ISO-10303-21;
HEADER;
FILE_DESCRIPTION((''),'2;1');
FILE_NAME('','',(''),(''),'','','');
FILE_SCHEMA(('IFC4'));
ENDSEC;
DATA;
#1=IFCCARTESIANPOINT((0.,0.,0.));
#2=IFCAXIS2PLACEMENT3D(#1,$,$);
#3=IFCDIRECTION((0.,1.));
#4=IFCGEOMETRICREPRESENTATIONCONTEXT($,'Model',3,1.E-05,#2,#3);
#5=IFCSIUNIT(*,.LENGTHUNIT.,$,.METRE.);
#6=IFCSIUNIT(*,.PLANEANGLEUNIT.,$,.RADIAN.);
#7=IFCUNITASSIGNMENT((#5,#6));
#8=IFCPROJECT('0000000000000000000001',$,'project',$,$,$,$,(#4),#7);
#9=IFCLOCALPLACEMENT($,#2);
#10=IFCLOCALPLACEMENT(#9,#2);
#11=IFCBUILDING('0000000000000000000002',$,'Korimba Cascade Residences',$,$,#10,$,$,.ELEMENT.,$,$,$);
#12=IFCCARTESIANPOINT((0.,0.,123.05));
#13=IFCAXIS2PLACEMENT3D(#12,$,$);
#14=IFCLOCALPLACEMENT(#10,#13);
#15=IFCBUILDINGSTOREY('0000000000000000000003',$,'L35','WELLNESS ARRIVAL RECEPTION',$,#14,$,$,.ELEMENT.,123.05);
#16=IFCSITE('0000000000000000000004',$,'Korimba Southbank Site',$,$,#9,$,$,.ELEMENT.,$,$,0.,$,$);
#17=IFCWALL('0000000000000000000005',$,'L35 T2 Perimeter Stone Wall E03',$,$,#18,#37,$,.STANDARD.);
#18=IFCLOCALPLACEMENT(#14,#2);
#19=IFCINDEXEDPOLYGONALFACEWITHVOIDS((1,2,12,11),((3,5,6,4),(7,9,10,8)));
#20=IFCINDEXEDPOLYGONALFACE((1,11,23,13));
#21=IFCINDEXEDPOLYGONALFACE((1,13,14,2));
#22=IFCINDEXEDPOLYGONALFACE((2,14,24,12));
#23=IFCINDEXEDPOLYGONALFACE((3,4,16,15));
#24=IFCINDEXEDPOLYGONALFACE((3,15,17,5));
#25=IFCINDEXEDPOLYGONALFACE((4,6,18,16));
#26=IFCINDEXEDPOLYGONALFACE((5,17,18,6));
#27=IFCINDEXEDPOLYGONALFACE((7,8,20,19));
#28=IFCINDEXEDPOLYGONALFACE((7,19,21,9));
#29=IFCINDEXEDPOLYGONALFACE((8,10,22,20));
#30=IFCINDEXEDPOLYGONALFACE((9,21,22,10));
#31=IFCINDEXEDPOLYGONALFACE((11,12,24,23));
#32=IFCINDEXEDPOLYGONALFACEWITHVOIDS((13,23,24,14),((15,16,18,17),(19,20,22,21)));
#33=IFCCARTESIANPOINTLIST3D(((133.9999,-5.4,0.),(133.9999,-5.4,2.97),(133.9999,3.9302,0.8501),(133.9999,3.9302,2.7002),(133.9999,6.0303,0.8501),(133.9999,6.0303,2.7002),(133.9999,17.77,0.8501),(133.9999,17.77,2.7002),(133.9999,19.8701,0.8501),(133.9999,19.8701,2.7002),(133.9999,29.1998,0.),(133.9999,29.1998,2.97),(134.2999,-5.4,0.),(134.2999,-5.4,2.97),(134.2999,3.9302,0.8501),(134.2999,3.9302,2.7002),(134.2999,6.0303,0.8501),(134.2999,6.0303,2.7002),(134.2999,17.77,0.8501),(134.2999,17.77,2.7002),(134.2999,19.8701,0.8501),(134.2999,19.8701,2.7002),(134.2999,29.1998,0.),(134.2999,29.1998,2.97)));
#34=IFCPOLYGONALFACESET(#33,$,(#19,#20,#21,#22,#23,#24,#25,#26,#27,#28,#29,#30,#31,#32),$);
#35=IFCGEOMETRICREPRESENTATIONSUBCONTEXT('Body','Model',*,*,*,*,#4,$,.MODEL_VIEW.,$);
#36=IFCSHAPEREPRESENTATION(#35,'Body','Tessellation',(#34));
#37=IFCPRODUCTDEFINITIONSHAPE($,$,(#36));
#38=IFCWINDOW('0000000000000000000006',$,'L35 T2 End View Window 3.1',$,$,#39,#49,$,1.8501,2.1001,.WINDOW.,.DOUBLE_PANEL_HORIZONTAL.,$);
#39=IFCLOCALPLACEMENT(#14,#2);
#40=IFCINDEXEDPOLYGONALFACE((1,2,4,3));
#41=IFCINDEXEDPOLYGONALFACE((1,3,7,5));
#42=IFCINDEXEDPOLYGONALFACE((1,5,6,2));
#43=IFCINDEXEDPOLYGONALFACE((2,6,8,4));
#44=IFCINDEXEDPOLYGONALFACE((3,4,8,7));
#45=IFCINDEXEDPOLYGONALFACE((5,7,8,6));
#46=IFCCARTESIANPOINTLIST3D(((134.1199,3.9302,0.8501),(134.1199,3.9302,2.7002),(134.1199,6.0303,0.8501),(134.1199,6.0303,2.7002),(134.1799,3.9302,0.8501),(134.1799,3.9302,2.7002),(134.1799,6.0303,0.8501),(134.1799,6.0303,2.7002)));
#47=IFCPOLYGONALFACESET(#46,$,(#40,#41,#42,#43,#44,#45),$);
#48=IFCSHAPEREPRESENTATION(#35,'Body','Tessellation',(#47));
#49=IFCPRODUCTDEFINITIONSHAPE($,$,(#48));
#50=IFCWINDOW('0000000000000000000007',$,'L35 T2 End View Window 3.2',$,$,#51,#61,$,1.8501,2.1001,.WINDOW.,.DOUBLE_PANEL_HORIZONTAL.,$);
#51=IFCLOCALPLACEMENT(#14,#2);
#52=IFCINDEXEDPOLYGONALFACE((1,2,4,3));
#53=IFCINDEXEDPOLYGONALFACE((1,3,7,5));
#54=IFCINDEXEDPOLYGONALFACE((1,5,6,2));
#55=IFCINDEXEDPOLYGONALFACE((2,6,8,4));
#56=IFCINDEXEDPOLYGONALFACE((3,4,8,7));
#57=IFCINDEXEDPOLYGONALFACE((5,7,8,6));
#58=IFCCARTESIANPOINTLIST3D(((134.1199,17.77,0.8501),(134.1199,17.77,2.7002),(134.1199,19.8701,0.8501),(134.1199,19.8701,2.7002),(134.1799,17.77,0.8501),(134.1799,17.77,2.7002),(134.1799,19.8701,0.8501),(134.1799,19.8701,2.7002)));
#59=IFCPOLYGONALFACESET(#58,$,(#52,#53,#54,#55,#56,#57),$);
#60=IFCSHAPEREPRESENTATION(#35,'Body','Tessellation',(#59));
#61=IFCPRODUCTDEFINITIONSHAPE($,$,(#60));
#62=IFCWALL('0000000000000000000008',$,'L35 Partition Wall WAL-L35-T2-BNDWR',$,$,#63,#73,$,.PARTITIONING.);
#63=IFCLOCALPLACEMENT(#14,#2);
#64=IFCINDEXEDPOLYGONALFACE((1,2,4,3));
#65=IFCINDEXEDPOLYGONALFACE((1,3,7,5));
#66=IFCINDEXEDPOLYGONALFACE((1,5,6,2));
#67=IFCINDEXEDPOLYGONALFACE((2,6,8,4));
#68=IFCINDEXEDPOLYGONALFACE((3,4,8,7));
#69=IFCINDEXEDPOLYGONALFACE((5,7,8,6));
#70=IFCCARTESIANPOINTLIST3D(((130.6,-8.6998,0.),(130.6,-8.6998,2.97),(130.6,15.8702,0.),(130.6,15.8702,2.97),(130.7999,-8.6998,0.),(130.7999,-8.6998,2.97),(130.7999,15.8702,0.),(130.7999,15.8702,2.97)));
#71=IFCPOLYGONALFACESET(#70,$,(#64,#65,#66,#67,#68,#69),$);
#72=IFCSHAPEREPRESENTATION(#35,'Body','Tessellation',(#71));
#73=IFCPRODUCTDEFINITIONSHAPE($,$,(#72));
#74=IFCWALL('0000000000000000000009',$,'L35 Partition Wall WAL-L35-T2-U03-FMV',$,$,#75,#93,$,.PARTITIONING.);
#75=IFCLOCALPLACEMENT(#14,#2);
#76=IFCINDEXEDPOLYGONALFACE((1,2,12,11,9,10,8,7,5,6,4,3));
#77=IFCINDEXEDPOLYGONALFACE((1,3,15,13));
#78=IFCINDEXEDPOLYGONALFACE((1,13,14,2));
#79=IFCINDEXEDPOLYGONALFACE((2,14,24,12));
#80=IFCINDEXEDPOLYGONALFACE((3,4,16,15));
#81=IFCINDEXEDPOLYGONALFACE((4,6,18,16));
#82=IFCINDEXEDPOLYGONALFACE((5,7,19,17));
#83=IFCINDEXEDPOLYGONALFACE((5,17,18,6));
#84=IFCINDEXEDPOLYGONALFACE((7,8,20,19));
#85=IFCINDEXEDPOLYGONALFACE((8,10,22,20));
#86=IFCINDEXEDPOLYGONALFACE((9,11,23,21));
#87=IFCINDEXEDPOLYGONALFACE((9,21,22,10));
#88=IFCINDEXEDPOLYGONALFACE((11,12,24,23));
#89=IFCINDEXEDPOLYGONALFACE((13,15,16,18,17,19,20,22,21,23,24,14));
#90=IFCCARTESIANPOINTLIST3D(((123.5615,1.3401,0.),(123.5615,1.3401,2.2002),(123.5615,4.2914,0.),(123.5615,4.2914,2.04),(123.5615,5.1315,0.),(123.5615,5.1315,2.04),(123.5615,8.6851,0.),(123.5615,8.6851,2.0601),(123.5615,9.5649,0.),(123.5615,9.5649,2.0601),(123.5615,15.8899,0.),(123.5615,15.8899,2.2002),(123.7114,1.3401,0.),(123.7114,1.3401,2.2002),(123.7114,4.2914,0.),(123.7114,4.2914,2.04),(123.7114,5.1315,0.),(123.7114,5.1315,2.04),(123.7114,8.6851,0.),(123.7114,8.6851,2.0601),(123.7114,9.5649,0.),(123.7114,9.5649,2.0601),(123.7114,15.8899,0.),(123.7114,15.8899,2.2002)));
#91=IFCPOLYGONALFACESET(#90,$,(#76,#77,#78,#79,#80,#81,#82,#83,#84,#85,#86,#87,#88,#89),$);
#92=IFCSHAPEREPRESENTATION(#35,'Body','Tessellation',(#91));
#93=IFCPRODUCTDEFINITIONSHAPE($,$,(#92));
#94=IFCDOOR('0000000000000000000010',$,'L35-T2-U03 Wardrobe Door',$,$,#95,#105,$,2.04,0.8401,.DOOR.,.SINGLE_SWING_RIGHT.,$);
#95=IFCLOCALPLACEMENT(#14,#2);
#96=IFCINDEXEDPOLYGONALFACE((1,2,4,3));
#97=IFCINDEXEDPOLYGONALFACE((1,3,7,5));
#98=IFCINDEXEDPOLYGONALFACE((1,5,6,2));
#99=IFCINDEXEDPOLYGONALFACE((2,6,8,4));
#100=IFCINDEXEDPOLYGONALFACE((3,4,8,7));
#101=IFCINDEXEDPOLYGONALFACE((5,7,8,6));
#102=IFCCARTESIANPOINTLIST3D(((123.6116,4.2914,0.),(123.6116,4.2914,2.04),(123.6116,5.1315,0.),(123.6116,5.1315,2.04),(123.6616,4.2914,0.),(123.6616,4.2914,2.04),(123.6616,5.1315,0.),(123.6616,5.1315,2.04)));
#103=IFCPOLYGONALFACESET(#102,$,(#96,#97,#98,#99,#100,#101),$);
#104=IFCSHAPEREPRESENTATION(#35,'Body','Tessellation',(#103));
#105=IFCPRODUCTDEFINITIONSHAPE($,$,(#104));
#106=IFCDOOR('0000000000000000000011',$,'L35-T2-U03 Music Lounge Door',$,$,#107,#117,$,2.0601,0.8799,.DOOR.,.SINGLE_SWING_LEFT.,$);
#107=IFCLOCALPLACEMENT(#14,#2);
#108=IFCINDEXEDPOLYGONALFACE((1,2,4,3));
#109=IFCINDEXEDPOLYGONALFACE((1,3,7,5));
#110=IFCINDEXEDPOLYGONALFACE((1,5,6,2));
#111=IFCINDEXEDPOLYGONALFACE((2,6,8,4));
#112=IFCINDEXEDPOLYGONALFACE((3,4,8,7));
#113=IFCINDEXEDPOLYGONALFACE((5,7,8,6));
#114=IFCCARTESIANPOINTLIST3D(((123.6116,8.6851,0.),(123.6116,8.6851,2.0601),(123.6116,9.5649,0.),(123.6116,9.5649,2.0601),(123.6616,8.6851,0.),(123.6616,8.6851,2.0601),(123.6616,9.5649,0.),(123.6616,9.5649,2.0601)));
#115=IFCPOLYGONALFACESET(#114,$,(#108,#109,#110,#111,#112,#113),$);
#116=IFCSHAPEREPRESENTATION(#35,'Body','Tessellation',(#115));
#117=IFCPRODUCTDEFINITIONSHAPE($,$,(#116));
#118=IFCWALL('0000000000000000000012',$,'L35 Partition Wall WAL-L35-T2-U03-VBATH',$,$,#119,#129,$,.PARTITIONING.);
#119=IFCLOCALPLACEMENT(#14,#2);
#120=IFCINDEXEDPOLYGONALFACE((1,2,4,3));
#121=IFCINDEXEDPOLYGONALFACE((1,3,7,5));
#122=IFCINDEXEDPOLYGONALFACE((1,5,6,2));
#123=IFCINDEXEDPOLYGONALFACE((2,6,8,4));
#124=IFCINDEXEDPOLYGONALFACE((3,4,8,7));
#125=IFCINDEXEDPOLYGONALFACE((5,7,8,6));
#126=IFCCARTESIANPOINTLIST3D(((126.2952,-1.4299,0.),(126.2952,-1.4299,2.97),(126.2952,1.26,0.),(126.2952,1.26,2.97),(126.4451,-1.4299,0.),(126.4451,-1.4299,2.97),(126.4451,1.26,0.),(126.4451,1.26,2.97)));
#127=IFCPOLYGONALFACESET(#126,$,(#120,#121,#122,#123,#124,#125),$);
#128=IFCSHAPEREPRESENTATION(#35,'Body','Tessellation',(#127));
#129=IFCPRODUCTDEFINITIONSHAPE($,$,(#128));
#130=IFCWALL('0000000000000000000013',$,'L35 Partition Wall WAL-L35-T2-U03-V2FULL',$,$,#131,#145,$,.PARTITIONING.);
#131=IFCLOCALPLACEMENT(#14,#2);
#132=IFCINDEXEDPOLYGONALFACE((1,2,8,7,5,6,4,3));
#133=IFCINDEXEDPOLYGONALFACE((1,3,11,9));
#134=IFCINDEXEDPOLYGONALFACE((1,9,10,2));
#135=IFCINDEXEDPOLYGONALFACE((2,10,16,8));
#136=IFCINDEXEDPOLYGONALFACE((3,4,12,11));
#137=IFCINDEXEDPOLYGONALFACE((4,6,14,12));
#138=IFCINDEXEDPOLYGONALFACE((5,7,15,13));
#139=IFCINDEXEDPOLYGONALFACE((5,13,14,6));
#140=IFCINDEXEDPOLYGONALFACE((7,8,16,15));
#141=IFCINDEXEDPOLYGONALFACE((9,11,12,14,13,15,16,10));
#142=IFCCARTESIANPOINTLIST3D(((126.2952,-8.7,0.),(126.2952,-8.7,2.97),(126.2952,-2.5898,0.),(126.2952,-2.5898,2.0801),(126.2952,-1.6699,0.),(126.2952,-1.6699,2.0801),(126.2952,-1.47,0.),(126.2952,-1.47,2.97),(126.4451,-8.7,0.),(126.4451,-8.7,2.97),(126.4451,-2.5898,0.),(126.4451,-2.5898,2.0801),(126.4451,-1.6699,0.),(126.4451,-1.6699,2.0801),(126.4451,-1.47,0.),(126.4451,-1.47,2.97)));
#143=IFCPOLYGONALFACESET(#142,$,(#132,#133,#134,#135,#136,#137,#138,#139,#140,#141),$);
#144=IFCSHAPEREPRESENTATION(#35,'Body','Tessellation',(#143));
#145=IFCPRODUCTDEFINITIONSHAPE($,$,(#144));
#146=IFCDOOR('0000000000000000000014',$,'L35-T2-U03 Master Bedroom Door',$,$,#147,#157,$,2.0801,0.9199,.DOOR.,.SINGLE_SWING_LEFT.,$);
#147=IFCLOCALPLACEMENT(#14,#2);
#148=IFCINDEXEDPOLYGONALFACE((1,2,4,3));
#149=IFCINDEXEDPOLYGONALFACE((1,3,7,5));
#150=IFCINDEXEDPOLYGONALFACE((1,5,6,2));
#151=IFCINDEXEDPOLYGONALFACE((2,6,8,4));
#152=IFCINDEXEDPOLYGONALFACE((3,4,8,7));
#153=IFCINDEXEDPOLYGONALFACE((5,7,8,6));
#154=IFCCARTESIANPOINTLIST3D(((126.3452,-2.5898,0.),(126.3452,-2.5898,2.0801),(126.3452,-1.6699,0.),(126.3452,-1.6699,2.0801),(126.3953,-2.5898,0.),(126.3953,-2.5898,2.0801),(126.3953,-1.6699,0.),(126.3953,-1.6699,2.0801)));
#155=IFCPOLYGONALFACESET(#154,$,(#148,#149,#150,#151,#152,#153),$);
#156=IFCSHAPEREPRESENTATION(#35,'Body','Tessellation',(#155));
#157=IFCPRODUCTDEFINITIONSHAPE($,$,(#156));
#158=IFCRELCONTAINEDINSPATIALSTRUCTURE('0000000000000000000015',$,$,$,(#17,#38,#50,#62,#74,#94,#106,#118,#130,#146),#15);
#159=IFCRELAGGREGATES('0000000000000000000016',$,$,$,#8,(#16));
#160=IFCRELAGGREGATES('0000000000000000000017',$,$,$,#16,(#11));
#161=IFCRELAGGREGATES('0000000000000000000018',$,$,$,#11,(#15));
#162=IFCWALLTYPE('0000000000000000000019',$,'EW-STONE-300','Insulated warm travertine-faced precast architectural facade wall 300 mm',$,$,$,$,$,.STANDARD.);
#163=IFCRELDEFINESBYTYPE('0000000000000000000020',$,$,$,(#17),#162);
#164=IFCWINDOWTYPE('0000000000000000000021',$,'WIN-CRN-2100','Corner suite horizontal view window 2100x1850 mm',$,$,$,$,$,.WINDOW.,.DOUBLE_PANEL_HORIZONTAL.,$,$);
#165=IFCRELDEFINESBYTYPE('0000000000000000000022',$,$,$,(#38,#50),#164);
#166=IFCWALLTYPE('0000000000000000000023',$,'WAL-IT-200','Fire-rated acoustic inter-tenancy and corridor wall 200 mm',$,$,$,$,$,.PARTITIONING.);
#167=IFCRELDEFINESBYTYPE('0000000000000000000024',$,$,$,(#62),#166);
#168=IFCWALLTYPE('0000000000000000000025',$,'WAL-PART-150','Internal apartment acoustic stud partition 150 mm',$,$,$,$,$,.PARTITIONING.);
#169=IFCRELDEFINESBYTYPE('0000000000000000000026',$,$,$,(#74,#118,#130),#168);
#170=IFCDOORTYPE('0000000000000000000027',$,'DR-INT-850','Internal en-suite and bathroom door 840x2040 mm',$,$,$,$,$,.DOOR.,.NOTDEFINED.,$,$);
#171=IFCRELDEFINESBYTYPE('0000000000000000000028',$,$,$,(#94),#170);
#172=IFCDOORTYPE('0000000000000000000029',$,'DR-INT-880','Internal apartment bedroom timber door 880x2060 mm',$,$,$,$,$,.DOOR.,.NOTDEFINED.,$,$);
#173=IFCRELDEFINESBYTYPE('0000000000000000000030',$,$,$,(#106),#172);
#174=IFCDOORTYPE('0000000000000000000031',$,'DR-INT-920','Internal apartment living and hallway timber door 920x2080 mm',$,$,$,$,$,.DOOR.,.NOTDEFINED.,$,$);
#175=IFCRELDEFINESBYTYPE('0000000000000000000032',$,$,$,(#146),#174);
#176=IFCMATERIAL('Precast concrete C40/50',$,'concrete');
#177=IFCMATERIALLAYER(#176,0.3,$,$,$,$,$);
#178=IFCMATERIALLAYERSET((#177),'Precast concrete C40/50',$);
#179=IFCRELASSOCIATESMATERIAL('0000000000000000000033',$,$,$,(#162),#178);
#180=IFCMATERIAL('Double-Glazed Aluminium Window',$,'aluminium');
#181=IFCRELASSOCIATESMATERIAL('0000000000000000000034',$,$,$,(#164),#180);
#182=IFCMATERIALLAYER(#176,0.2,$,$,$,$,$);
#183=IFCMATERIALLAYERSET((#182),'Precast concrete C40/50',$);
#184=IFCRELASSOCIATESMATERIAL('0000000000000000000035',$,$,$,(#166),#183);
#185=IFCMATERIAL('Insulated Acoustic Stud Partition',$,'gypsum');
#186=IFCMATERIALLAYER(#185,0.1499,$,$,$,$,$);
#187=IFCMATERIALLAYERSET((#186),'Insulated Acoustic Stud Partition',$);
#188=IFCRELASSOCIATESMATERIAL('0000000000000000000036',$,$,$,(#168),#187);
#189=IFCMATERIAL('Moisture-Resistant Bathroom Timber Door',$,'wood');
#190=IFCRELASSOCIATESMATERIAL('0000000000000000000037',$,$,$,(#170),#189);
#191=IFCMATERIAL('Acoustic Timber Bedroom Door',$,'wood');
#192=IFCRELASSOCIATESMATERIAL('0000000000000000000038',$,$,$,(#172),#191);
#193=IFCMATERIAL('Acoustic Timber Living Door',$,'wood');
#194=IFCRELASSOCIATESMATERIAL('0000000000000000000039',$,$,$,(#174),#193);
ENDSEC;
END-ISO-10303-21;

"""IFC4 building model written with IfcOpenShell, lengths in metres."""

from ifc_helpers import new_model, si_unit, direction, frame, frame_2d, origin, place, context, subcontext, project, spatial, rectangle, extrude, material, layer, layer_set, type_object, element, fill, save


model = new_model("IFC4")

# Units and contexts
model_context = context("Model", 3, precision=1e-05, world=origin(), true_north=direction((0.0, 1.0)))
body_context = subcontext(model_context, "Body", "Model", "MODEL_VIEW")
ifc_project = project(units=[si_unit("LENGTHUNIT", "METRE"), si_unit("PLANEANGLEUNIT", "RADIAN")], contexts=[model_context])

# Site, building, storey
site_placement = place(None, origin())
site = spatial("IfcSite", under=ifc_project, at=site_placement, Name="Korimba Southbank Site", CompositionType="ELEMENT", RefElevation=0.0)
building_placement = place(site_placement, origin())
building = spatial("IfcBuilding", under=site, at=building_placement, Name="Korimba Cascade Residences", CompositionType="ELEMENT")
storey_placement = place(building_placement, frame((0.0, 0.0, 123.05)))
storey = spatial("IfcBuildingStorey", under=building, at=storey_placement, Name="L35", Description="WELLNESS ARRIVAL RECEPTION", CompositionType="ELEMENT", Elevation=123.05)

# Shared definitions
ifc_material_1 = material(Name="Precast concrete C40/50", Category="concrete")
ifc_layer_1 = layer(ifc_material_1, 0.3)
ifc_layer_set_1 = layer_set([ifc_layer_1], Name="Precast concrete C40/50")
wall_type_1 = type_object("IfcWallType", Name="EW-STONE-300", Description="Insulated warm travertine-faced precast architectural facade wall 300 mm", PredefinedType="STANDARD", material=ifc_layer_set_1)

# Wall, openings, windows
wall_1_placement = place(storey_placement, frame((134.1499, -5.3999, 0.0), z_axis=(0.0, 0.0, 1.0), x_axis=(0.0, 1.0, 0.0)))
wall_1 = element("IfcWall", 1, at=wall_1_placement, inside=storey, type_object=wall_type_1, Name="L35 T2 Perimeter Stone Wall E03", PredefinedType="STANDARD", context=body_context, shape_type="SweptSolid", body=[
    extrude(rectangle(XDim=34.5999, YDim=0.3, at=frame_2d((17.2998, 0.0))), origin(), (0.0, 0.0, 1.0), 2.97),
])
opening_1_placement = place(wall_1_placement, frame((9.3301, 0.0, 0.8501)))
opening_1 = element("IfcOpeningElement", 2, at=opening_1_placement, cuts=wall_1, PredefinedType="OPENING", context=body_context, shape_type="SweptSolid", body=[
    extrude(rectangle(XDim=2.1001, YDim=1.8501, at=frame_2d((1.05, 0.925))), frame((0.0, 0.1602, 0.0), z_axis=(0.0, -1.0, 0.0), x_axis=(1.0, 0.0, 0.0)), (0.0, 0.0, 1.0), 0.3201),
])
opening_2_placement = place(wall_1_placement, frame((23.1699, 0.0, 0.8501)))
opening_2 = element("IfcOpeningElement", 3, at=opening_2_placement, cuts=wall_1, PredefinedType="OPENING", context=body_context, shape_type="SweptSolid", body=[
    extrude(rectangle(XDim=2.1001, YDim=1.8501, at=frame_2d((1.05, 0.925))), frame((0.0, 0.1602, 0.0), z_axis=(0.0, -1.0, 0.0), x_axis=(1.0, 0.0, 0.0)), (0.0, 0.0, 1.0), 0.3201),
])
ifc_material_2 = material(Name="Double-Glazed Aluminium Window", Category="aluminium")
window_type = type_object("IfcWindowType", Name="WIN-CRN-2100", Description="Corner suite horizontal view window 2100x1850 mm", PartitioningType="DOUBLE_PANEL_HORIZONTAL", PredefinedType="WINDOW", material=ifc_material_2)
window_1_placement = place(opening_1_placement, origin())
window_1 = element("IfcWindow", 4, at=window_1_placement, inside=storey, type_object=window_type, Name="L35 T2 End View Window 3.1", OverallHeight=1.8501, OverallWidth=2.1001, PartitioningType="DOUBLE_PANEL_HORIZONTAL", PredefinedType="WINDOW", context=body_context, shape_type="SweptSolid", body=[
    extrude(rectangle(XDim=2.1001, YDim=1.8501, at=frame_2d((1.05, 0.925))), frame((0.0, 0.03, 0.0), z_axis=(0.0, -1.0, 0.0), x_axis=(1.0, 0.0, 0.0)), (0.0, 0.0, 1.0), 0.0601),
])
fill(opening_1, window_1)
window_2_placement = place(opening_2_placement, origin())
window_2 = element("IfcWindow", 5, at=window_2_placement, inside=storey, type_object=window_type, Name="L35 T2 End View Window 3.2", OverallHeight=1.8501, OverallWidth=2.1001, PartitioningType="DOUBLE_PANEL_HORIZONTAL", PredefinedType="WINDOW", context=body_context, shape_type="SweptSolid", body=[
    extrude(rectangle(XDim=2.1001, YDim=1.8501, at=frame_2d((1.05, 0.925))), frame((0.0, 0.03, 0.0), z_axis=(0.0, -1.0, 0.0), x_axis=(1.0, 0.0, 0.0)), (0.0, 0.0, 1.0), 0.0601),
])
fill(opening_2, window_2)

# Wall
ifc_layer_2 = layer(ifc_material_1, 0.2)
ifc_layer_set_2 = layer_set([ifc_layer_2], Name="Precast concrete C40/50")
wall_type_2 = type_object("IfcWallType", Name="WAL-IT-200", Description="Fire-rated acoustic inter-tenancy and corridor wall 200 mm", PredefinedType="PARTITIONING", material=ifc_layer_set_2)
wall_2_placement = place(storey_placement, frame((130.7, -8.7, 0.0), z_axis=(0.0, 0.0, 1.0), x_axis=(0.0, 1.0, 0.0)))
element("IfcWall", 6, at=wall_2_placement, inside=storey, type_object=wall_type_2, Name="L35 Partition Wall WAL-L35-T2-BNDWR", PredefinedType="PARTITIONING", context=body_context, shape_type="SweptSolid", body=[
    extrude(rectangle(XDim=24.5701, YDim=0.2, at=frame_2d((12.2852, 0.0))), origin(), (0.0, 0.0, 1.0), 2.97),
])

# Wall, openings, doors
ifc_material_3 = material(Name="Insulated Acoustic Stud Partition", Category="gypsum")
ifc_layer_3 = layer(ifc_material_3, 0.1499)
ifc_layer_set_3 = layer_set([ifc_layer_3], Name="Insulated Acoustic Stud Partition")
wall_type_3 = type_object("IfcWallType", Name="WAL-PART-150", Description="Internal apartment acoustic stud partition 150 mm", PredefinedType="PARTITIONING", material=ifc_layer_set_3)
wall_3_placement = place(storey_placement, frame((123.6365, 1.3401, 0.0), z_axis=(0.0, 0.0, 1.0), x_axis=(0.0, 1.0, 0.0)))
wall_3 = element("IfcWall", 7, at=wall_3_placement, inside=storey, type_object=wall_type_3, Name="L35 Partition Wall WAL-L35-T2-U03-FMV", PredefinedType="PARTITIONING", context=body_context, shape_type="SweptSolid", body=[
    extrude(rectangle(XDim=14.5498, YDim=0.1499, at=frame_2d((7.2749, 0.0))), origin(), (0.0, 0.0, 1.0), 2.2002),
])
opening_3_placement = place(wall_3_placement, frame((2.9514, 0.0, 0.0)))
opening_3 = element("IfcOpeningElement", 8, at=opening_3_placement, cuts=wall_3, PredefinedType="OPENING", context=body_context, shape_type="SweptSolid", body=[
    extrude(rectangle(XDim=0.8401, YDim=2.04, at=frame_2d((0.4199, 1.02))), frame((0.0, 0.085, 0.0), z_axis=(0.0, -1.0, 0.0), x_axis=(1.0, 0.0, 0.0)), (0.0, 0.0, 1.0), 0.1699),
])
opening_4_placement = place(wall_3_placement, frame((7.345, 0.0, 0.0)))
opening_4 = element("IfcOpeningElement", 9, at=opening_4_placement, cuts=wall_3, PredefinedType="OPENING", context=body_context, shape_type="SweptSolid", body=[
    extrude(rectangle(XDim=0.8799, YDim=2.0601, at=frame_2d((0.4399, 1.03))), frame((0.0, 0.085, 0.0), z_axis=(0.0, -1.0, 0.0), x_axis=(1.0, 0.0, 0.0)), (0.0, 0.0, 1.0), 0.1699),
])
ifc_material_4 = material(Name="Moisture-Resistant Bathroom Timber Door", Category="wood")
door_type_1 = type_object("IfcDoorType", Name="DR-INT-850", Description="Internal en-suite and bathroom door 840x2040 mm", OperationType="NOTDEFINED", PredefinedType="DOOR", material=ifc_material_4)
door_1_placement = place(opening_3_placement, origin())
door_1 = element("IfcDoor", 10, at=door_1_placement, inside=storey, type_object=door_type_1, Name="L35-T2-U03 Wardrobe Door", OperationType="SINGLE_SWING_RIGHT", OverallHeight=2.04, OverallWidth=0.8401, PredefinedType="DOOR", context=body_context, shape_type="SweptSolid", body=[
    extrude(rectangle(XDim=0.8401, YDim=2.04, at=frame_2d((0.4199, 1.02))), frame((0.0, 0.0249, 0.0), z_axis=(0.0, -1.0, 0.0), x_axis=(1.0, 0.0, 0.0)), (0.0, 0.0, 1.0), 0.05),
])
fill(opening_3, door_1)
ifc_material_5 = material(Name="Acoustic Timber Bedroom Door", Category="wood")
door_type_2 = type_object("IfcDoorType", Name="DR-INT-880", Description="Internal apartment bedroom timber door 880x2060 mm", OperationType="NOTDEFINED", PredefinedType="DOOR", material=ifc_material_5)
door_2_placement = place(opening_4_placement, origin())
door_2 = element("IfcDoor", 11, at=door_2_placement, inside=storey, type_object=door_type_2, Name="L35-T2-U03 Music Lounge Door", OperationType="SINGLE_SWING_LEFT", OverallHeight=2.0601, OverallWidth=0.8799, PredefinedType="DOOR", context=body_context, shape_type="SweptSolid", body=[
    extrude(rectangle(XDim=0.8799, YDim=2.0601, at=frame_2d((0.4399, 1.03))), frame((0.0, 0.0249, 0.0), z_axis=(0.0, -1.0, 0.0), x_axis=(1.0, 0.0, 0.0)), (0.0, 0.0, 1.0), 0.05),
])
fill(opening_4, door_2)

# Wall
wall_4_placement = place(storey_placement, frame((126.3701, -1.4299, 0.0), z_axis=(0.0, 0.0, 1.0), x_axis=(0.0, 1.0, 0.0)))
element("IfcWall", 12, at=wall_4_placement, inside=storey, type_object=wall_type_3, Name="L35 Partition Wall WAL-L35-T2-U03-VBATH", PredefinedType="PARTITIONING", context=body_context, shape_type="SweptSolid", body=[
    extrude(rectangle(XDim=2.6899, YDim=0.1499, at=frame_2d((1.345, 0.0))), origin(), (0.0, 0.0, 1.0), 2.97),
])

# Wall, opening, door
wall_5_placement = place(storey_placement, frame((126.3701, -8.7, 0.0), z_axis=(0.0, 0.0, 1.0), x_axis=(0.0, 1.0, 0.0)))
wall_5 = element("IfcWall", 13, at=wall_5_placement, inside=storey, type_object=wall_type_3, Name="L35 Partition Wall WAL-L35-T2-U03-V2FULL", PredefinedType="PARTITIONING", context=body_context, shape_type="SweptSolid", body=[
    extrude(rectangle(XDim=7.23, YDim=0.1499, at=frame_2d((3.615, 0.0))), origin(), (0.0, 0.0, 1.0), 2.97),
])
opening_5_placement = place(wall_5_placement, frame((6.1101, 0.0, 0.0)))
opening_5 = element("IfcOpeningElement", 14, at=opening_5_placement, cuts=wall_5, PredefinedType="OPENING", context=body_context, shape_type="SweptSolid", body=[
    extrude(rectangle(XDim=0.9199, YDim=2.0801, at=frame_2d((0.46, 1.04))), frame((0.0, 0.085, 0.0), z_axis=(0.0, -1.0, 0.0), x_axis=(1.0, 0.0, 0.0)), (0.0, 0.0, 1.0), 0.1699),
])
ifc_material_6 = material(Name="Acoustic Timber Living Door", Category="wood")
door_type_3 = type_object("IfcDoorType", Name="DR-INT-920", Description="Internal apartment living and hallway timber door 920x2080 mm", OperationType="NOTDEFINED", PredefinedType="DOOR", material=ifc_material_6)
door_3_placement = place(opening_5_placement, origin())
door_3 = element("IfcDoor", 15, at=door_3_placement, inside=storey, type_object=door_type_3, Name="L35-T2-U03 Master Bedroom Door", OperationType="SINGLE_SWING_LEFT", OverallHeight=2.0801, OverallWidth=0.9199, PredefinedType="DOOR", context=body_context, shape_type="SweptSolid", body=[
    extrude(rectangle(XDim=0.9199, YDim=2.0801, at=frame_2d((0.46, 1.04))), frame((0.0, 0.0249, 0.0), z_axis=(0.0, -1.0, 0.0), x_axis=(1.0, 0.0, 0.0)), (0.0, 0.0, 1.0), 0.05),
])
fill(opening_5, door_3)

save(model, "model.ifc")
